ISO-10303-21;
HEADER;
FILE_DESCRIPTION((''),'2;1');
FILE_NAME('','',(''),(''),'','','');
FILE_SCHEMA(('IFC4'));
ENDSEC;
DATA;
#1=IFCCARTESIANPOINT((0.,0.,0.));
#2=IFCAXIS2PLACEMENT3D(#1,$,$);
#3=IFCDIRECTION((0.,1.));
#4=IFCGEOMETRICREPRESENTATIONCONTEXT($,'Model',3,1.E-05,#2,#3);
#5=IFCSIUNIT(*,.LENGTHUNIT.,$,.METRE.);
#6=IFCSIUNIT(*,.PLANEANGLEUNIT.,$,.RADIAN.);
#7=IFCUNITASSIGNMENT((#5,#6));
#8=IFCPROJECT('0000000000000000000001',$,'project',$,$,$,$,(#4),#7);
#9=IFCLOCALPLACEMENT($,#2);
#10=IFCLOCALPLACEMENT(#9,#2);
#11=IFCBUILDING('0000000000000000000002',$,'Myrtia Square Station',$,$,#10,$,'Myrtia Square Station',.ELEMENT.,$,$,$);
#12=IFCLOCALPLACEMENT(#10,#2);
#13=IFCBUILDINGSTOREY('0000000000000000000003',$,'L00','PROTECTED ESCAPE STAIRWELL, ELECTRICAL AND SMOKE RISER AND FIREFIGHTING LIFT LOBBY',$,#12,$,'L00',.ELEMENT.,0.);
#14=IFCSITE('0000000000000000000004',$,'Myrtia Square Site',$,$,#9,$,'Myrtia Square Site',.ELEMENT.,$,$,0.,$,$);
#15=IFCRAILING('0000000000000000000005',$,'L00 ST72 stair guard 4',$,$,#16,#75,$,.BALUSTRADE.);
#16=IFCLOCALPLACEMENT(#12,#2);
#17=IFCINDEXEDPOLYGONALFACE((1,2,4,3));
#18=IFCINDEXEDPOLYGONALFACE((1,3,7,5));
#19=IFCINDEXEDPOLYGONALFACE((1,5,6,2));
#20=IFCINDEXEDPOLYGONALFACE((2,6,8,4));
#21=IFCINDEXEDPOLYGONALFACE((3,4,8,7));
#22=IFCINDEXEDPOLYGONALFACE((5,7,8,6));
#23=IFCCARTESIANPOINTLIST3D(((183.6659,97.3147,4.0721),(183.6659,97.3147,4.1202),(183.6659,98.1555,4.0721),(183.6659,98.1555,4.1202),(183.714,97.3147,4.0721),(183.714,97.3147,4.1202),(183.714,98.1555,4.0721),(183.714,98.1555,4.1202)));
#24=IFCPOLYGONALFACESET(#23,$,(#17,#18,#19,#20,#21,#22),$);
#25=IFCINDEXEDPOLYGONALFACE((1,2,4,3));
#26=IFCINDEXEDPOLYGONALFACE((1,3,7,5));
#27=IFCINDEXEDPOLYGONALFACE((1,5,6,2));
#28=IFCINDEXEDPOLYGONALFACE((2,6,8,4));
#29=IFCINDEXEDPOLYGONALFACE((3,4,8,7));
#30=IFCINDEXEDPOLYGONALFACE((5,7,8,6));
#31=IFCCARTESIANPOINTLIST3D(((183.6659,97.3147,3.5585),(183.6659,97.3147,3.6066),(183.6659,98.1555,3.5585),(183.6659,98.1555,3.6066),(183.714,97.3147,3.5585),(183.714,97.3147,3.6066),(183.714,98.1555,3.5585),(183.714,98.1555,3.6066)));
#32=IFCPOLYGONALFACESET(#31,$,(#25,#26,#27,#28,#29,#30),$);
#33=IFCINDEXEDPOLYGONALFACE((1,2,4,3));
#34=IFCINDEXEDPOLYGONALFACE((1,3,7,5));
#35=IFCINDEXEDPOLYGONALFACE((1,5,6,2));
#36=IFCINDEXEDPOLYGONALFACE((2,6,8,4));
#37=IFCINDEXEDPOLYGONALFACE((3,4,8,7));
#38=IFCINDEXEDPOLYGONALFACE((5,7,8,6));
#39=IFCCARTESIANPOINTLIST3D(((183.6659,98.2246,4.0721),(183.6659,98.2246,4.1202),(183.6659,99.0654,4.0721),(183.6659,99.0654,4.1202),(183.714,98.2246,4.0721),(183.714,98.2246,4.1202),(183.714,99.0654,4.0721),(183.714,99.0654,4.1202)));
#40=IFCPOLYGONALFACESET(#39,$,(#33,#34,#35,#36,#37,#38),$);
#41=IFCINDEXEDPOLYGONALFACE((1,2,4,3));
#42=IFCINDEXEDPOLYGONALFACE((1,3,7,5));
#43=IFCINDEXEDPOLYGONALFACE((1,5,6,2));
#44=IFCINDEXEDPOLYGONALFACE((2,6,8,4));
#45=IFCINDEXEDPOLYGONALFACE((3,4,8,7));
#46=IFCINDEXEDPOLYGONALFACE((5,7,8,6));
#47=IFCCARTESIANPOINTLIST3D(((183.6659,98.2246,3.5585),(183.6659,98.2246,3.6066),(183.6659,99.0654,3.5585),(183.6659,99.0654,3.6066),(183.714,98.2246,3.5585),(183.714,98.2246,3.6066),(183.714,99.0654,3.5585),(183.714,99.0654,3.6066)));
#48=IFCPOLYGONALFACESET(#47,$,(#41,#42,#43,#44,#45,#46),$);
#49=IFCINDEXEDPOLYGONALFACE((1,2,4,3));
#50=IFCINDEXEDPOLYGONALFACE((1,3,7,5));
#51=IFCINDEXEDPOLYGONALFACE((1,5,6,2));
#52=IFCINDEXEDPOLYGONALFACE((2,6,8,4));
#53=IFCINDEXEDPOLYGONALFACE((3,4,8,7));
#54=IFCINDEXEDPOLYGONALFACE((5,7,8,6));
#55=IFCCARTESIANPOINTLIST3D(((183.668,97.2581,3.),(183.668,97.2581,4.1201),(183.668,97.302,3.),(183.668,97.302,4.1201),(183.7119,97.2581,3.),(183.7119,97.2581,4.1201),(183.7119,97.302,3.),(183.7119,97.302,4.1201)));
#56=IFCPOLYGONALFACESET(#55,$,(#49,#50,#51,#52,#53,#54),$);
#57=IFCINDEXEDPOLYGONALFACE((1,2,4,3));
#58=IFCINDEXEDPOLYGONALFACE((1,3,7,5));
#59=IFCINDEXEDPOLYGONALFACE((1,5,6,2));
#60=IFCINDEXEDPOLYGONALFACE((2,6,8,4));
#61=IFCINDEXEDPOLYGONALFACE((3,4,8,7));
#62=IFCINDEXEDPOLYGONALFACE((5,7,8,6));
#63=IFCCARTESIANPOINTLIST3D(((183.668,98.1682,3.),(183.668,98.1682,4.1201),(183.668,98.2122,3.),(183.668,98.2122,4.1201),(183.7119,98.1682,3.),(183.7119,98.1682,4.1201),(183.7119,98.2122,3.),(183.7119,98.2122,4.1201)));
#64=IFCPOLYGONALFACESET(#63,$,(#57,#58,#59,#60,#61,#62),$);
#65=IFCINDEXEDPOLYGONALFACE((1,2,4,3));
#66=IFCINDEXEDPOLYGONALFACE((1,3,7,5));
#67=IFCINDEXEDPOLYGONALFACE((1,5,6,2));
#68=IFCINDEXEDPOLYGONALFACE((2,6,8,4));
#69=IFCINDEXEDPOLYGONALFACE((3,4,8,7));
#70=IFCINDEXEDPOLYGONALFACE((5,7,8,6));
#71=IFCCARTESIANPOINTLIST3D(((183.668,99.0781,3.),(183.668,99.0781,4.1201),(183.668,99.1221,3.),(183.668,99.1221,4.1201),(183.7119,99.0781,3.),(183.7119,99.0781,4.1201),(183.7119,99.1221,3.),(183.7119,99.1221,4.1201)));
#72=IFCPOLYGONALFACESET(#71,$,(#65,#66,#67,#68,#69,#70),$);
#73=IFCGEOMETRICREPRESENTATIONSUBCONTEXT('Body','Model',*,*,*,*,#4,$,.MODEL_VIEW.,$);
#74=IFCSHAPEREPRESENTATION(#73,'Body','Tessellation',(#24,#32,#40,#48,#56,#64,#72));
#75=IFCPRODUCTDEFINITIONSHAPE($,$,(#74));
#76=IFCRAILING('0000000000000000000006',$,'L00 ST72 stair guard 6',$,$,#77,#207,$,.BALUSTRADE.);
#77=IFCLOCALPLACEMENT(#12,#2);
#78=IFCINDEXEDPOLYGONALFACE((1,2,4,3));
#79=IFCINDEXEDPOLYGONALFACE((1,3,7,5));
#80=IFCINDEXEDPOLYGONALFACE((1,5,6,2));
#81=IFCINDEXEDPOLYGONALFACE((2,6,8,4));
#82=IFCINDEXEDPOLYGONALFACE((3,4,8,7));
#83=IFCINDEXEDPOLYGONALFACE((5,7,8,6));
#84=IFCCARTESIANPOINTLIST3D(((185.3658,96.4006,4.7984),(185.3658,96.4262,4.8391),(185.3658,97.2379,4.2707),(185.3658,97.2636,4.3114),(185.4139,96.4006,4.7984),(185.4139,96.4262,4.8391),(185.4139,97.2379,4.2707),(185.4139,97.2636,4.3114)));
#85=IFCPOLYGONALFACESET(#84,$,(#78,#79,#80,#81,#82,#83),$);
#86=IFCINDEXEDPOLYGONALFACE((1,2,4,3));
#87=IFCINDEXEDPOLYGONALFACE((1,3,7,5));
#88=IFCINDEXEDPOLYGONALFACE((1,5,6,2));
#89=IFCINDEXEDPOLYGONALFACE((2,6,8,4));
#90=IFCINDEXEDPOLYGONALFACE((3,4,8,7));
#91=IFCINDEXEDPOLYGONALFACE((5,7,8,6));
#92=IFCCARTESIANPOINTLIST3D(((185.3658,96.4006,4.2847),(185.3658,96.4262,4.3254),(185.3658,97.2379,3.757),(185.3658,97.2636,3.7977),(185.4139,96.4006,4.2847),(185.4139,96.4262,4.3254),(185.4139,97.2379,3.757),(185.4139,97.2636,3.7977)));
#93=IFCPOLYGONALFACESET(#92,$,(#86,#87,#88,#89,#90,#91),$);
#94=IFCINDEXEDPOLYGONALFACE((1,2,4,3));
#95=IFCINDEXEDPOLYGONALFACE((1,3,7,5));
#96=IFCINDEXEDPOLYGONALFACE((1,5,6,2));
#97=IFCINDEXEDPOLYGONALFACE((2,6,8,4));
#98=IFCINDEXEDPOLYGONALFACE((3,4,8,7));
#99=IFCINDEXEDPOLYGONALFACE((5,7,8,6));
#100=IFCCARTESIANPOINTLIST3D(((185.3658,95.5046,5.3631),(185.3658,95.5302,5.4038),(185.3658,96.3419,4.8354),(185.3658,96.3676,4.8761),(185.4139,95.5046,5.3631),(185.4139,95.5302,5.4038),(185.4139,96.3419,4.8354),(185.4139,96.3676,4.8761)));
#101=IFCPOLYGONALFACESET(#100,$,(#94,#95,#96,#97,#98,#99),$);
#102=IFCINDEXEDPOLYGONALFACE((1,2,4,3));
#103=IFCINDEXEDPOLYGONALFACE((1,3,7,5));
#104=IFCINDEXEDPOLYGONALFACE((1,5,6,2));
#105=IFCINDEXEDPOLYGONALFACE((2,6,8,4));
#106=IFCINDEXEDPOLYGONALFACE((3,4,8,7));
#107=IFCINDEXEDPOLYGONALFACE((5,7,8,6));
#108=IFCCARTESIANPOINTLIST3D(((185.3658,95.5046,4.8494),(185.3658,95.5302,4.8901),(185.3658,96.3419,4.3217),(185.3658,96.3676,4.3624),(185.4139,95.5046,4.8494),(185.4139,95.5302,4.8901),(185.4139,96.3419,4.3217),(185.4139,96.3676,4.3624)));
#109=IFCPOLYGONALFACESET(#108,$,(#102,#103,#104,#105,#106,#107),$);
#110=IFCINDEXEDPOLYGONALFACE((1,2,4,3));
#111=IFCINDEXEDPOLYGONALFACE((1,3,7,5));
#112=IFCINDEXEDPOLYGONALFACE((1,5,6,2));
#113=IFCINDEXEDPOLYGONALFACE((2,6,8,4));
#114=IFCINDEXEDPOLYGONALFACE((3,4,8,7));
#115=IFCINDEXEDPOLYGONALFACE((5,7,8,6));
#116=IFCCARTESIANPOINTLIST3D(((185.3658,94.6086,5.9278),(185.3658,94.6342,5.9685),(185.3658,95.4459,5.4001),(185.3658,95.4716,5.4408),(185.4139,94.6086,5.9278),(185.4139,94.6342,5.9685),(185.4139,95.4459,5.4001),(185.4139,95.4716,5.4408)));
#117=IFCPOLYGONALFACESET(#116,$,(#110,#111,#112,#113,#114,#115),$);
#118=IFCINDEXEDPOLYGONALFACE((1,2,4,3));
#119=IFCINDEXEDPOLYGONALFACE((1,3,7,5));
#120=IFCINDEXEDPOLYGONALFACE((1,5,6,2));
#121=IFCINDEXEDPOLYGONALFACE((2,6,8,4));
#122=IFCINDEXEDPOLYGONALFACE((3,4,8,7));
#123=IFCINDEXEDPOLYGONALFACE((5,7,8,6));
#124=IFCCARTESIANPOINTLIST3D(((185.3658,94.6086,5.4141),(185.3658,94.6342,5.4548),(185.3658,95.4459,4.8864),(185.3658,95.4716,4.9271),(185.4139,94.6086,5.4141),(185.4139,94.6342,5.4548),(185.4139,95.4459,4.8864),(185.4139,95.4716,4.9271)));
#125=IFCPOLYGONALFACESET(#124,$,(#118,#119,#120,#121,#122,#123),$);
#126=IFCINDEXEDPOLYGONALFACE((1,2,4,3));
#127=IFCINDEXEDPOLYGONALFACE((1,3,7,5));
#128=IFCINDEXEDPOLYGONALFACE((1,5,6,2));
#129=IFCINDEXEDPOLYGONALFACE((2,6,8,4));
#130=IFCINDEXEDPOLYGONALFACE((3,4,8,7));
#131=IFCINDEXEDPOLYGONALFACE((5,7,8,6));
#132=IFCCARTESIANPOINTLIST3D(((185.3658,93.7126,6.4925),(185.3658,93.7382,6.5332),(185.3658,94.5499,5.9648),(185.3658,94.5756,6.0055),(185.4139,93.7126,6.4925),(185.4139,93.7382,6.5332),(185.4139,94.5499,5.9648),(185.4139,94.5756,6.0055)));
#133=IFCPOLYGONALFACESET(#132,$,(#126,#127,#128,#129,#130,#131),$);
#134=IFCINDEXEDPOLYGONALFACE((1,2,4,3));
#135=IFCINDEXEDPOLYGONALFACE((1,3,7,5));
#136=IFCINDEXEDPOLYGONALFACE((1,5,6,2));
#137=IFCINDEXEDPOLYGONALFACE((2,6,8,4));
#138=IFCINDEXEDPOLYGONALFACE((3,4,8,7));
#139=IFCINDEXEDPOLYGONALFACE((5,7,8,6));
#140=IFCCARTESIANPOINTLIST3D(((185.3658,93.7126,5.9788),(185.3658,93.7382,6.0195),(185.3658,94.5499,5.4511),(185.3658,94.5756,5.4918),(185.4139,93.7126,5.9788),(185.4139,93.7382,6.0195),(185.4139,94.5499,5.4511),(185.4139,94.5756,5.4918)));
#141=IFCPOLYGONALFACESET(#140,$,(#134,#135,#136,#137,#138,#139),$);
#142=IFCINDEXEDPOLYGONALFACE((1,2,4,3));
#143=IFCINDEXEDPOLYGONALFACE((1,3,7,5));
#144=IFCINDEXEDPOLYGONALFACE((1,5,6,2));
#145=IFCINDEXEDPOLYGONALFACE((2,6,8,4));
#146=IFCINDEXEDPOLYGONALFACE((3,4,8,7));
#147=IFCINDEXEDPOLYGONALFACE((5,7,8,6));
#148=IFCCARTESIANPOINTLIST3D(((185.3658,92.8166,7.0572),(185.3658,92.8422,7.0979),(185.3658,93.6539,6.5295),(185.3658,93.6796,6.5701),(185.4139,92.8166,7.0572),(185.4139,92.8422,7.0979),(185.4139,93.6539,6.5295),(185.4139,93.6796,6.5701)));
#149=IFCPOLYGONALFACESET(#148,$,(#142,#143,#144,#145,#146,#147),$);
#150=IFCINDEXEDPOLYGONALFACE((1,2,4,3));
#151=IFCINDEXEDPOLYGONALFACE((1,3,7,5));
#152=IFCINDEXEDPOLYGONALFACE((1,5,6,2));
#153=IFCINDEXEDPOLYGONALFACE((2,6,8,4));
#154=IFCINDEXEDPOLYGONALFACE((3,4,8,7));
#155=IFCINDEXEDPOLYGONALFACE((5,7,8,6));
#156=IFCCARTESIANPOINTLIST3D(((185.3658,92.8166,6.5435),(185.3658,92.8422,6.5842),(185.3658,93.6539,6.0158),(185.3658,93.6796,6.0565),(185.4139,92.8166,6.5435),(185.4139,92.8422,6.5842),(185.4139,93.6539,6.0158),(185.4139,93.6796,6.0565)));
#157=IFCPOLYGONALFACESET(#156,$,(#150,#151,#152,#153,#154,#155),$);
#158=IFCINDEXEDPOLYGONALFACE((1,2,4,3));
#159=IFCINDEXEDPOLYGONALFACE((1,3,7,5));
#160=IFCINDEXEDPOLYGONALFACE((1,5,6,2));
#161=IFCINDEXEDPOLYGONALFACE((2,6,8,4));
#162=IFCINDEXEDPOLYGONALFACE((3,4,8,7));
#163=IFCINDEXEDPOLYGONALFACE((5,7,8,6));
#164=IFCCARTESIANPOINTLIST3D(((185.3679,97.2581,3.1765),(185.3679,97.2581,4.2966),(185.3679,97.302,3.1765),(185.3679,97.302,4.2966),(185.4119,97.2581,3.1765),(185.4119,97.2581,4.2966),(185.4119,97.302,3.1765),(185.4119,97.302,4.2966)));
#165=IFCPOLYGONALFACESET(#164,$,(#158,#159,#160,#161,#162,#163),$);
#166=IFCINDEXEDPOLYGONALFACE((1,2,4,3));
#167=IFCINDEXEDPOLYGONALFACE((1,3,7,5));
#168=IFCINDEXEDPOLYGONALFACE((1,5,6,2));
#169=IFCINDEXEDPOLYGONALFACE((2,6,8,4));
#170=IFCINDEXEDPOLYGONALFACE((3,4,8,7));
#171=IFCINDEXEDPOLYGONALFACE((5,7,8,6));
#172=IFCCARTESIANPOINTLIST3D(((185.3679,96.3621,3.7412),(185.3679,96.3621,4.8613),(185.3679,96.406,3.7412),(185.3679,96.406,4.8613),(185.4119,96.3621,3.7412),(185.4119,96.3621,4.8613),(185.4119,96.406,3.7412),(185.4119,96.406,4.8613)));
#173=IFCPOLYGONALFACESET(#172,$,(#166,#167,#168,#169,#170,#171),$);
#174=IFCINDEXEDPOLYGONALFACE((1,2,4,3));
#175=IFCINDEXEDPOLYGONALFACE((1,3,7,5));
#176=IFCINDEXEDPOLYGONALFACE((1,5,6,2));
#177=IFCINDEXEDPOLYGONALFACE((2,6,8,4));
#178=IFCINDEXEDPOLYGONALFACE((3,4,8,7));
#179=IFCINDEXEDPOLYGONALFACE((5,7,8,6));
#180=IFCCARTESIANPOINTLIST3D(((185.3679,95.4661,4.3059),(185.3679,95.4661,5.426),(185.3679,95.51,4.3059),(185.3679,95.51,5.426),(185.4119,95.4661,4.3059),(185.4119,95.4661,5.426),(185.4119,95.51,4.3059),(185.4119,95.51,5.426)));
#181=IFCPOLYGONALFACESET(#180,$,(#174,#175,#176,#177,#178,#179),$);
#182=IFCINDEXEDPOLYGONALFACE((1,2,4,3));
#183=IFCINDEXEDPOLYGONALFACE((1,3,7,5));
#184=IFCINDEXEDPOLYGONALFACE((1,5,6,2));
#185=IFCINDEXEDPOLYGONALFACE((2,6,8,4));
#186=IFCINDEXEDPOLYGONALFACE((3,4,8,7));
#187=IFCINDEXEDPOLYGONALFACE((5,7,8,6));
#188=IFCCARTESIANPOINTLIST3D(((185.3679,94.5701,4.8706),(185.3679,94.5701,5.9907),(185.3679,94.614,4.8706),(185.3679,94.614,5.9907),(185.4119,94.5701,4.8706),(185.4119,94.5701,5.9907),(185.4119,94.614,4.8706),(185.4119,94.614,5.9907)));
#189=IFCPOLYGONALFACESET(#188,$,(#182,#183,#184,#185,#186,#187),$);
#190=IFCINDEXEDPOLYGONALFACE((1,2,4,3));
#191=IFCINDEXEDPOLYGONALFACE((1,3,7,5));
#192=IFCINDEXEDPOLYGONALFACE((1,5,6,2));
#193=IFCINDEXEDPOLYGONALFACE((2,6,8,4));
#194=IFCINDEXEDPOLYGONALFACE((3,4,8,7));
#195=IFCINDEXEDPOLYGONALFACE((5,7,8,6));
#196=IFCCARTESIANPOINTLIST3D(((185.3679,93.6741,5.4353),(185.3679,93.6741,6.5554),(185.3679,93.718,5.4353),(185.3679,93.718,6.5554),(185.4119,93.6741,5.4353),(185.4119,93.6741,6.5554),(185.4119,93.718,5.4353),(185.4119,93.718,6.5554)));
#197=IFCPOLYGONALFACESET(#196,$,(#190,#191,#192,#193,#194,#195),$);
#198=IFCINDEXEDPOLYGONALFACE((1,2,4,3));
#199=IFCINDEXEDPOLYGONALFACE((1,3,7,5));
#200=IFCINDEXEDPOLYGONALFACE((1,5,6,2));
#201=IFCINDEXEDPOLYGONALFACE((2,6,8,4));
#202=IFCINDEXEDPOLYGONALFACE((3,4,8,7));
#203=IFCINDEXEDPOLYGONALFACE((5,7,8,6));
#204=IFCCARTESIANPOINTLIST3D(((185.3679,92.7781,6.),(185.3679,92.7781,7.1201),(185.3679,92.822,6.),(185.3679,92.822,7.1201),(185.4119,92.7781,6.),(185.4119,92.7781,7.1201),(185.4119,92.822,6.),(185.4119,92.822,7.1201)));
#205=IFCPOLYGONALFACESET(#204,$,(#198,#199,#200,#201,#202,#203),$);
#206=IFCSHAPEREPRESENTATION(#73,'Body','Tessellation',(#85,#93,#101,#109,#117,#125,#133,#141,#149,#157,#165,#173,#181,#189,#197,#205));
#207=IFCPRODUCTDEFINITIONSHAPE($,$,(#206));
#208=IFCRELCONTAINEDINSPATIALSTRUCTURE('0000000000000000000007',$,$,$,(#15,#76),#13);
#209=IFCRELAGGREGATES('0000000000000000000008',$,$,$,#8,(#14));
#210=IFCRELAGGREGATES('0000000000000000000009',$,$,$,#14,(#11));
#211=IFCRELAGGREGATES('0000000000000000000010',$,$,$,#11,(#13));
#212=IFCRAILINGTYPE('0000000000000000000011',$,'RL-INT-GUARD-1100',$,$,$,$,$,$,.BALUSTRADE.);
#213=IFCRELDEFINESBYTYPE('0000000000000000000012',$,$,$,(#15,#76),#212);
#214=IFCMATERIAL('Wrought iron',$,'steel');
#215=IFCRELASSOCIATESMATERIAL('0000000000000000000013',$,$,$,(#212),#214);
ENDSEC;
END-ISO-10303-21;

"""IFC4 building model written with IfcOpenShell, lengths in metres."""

from ifc_helpers import new_model, si_unit, direction, frame, origin, origin_2d, place, context, subcontext, project, spatial, rectangle, extrude, material, type_object, element, save


model = new_model("IFC4")

# Units and contexts
model_context = context("Model", 3, precision=1e-05, world=origin(), true_north=direction((0.0, 1.0)))
body_context = subcontext(model_context, "Body", "Model", "MODEL_VIEW")
ifc_project = project(units=[si_unit("LENGTHUNIT", "METRE"), si_unit("PLANEANGLEUNIT", "RADIAN")], contexts=[model_context])

# Site, building, storey
site_placement = place(None, origin())
site = spatial("IfcSite", under=ifc_project, at=site_placement, Name="Myrtia Square Site", LongName="Myrtia Square Site", CompositionType="ELEMENT", RefElevation=0.0)
building_placement = place(site_placement, origin())
building = spatial("IfcBuilding", under=site, at=building_placement, Name="Myrtia Square Station", LongName="Myrtia Square Station", CompositionType="ELEMENT")
storey_placement = place(building_placement, origin())
storey = spatial("IfcBuildingStorey", under=building, at=storey_placement, Name="L00", Description="PROTECTED ESCAPE STAIRWELL, ELECTRICAL AND SMOKE RISER AND FIREFIGHTING LIFT LOBBY", LongName="L00", CompositionType="ELEMENT", Elevation=0.0)

# Railings
ifc_material_1 = material(Name="Wrought iron", Category="steel")
railing_type_1 = type_object("IfcRailingType", Name="RL-INT-GUARD-1100", PredefinedType="BALUSTRADE", material=ifc_material_1)
railing_1_placement = place(storey_placement, frame((183.6899, 97.28, 3.0)))
element("IfcRailing", 1, at=railing_1_placement, inside=storey, type_object=railing_type_1, Name="L00 ST72 stair guard 4", PredefinedType="BALUSTRADE", context=body_context, shape_type="SweptSolid", body=[
    extrude(rectangle(XDim=0.0481, YDim=0.0481, at=origin_2d()), frame((0.0, 0.0347, 1.0962), z_axis=(0.0, 1.0, 0.0), x_axis=(-1.0, 0.0, 0.0)), (0.0, 0.0, 1.0), 0.8408),
    extrude(rectangle(XDim=0.0481, YDim=0.0481, at=origin_2d()), frame((0.0, 0.0347, 0.5825), z_axis=(0.0, 1.0, 0.0), x_axis=(-1.0, 0.0, 0.0)), (0.0, 0.0, 1.0), 0.8408),
    extrude(rectangle(XDim=0.0481, YDim=0.0481, at=origin_2d()), frame((0.0, 0.9446, 1.0962), z_axis=(0.0, 1.0, 0.0), x_axis=(-1.0, 0.0, 0.0)), (0.0, 0.0, 1.0), 0.8408),
    extrude(rectangle(XDim=0.0481, YDim=0.0481, at=origin_2d()), frame((0.0, 0.9446, 0.5825), z_axis=(0.0, 1.0, 0.0), x_axis=(-1.0, 0.0, 0.0)), (0.0, 0.0, 1.0), 0.8408),
    extrude(rectangle(XDim=0.0439, YDim=0.0439, at=origin_2d()), origin(), (0.0, 0.0, 1.0), 1.1201),
    extrude(rectangle(XDim=0.0439, YDim=0.0439, at=origin_2d()), frame((0.0, 0.9102, 0.0)), (0.0, 0.0, 1.0), 1.1201),
    extrude(rectangle(XDim=0.0439, YDim=0.0439, at=origin_2d()), frame((0.0, 1.8201, 0.0)), (0.0, 0.0, 1.0), 1.1201),
])
railing_2_placement = place(storey_placement, frame((185.3899, 97.28, 3.1765)))
element("IfcRailing", 2, at=railing_2_placement, inside=storey, type_object=railing_type_1, Name="L00 ST72 stair guard 6", PredefinedType="BALUSTRADE", context=body_context, shape_type="SweptSolid", body=[
    extrude(rectangle(XDim=0.0481, YDim=0.0481, at=origin_2d()), frame((0.0, -0.0293, 1.1145), z_axis=(0.0, -0.845998, 0.533186), x_axis=(1.0, 0.0, 0.0)), (0.0, 0.0, 1.0), 0.9897),
    extrude(rectangle(XDim=0.0481, YDim=0.0481, at=origin_2d()), frame((0.0, -0.0293, 0.6008), z_axis=(0.0, -0.845998, 0.533186), x_axis=(1.0, 0.0, 0.0)), (0.0, 0.0, 1.0), 0.9897),
    extrude(rectangle(XDim=0.0481, YDim=0.0481, at=origin_2d()), frame((0.0, -0.9253, 1.6792), z_axis=(0.0, -0.845998, 0.533186), x_axis=(1.0, 0.0, 0.0)), (0.0, 0.0, 1.0), 0.9897),
    extrude(rectangle(XDim=0.0481, YDim=0.0481, at=origin_2d()), frame((0.0, -0.9253, 1.1655), z_axis=(0.0, -0.845998, 0.533186), x_axis=(1.0, 0.0, 0.0)), (0.0, 0.0, 1.0), 0.9897),
    extrude(rectangle(XDim=0.0481, YDim=0.0481, at=origin_2d()), frame((0.0, -1.8213, 2.2439), z_axis=(0.0, -0.845998, 0.533186), x_axis=(1.0, 0.0, 0.0)), (0.0, 0.0, 1.0), 0.9897),
    extrude(rectangle(XDim=0.0481, YDim=0.0481, at=origin_2d()), frame((0.0, -1.8213, 1.7302), z_axis=(0.0, -0.845998, 0.533186), x_axis=(1.0, 0.0, 0.0)), (0.0, 0.0, 1.0), 0.9897),
    extrude(rectangle(XDim=0.0481, YDim=0.0481, at=origin_2d()), frame((0.0, -2.7173, 2.8086), z_axis=(0.0, -0.845998, 0.533186), x_axis=(1.0, 0.0, 0.0)), (0.0, 0.0, 1.0), 0.9897),
    extrude(rectangle(XDim=0.0481, YDim=0.0481, at=origin_2d()), frame((0.0, -2.7173, 2.2949), z_axis=(0.0, -0.845998, 0.533186), x_axis=(1.0, 0.0, 0.0)), (0.0, 0.0, 1.0), 0.9897),
    extrude(rectangle(XDim=0.0481, YDim=0.0481, at=origin_2d()), frame((0.0, -3.6133, 3.3733), z_axis=(0.0, -0.845998, 0.533186), x_axis=(1.0, 0.0, 0.0)), (0.0, 0.0, 1.0), 0.9897),
    extrude(rectangle(XDim=0.0481, YDim=0.0481, at=origin_2d()), frame((0.0, -3.6133, 2.8596), z_axis=(0.0, -0.845998, 0.533186), x_axis=(1.0, 0.0, 0.0)), (0.0, 0.0, 1.0), 0.9897),
    extrude(rectangle(XDim=0.0439, YDim=0.0439, at=origin_2d()), origin(), (0.0, 0.0, 1.0), 1.1201),
    extrude(rectangle(XDim=0.0439, YDim=0.0439, at=origin_2d()), frame((0.0, -0.896, 0.5647)), (0.0, 0.0, 1.0), 1.1201),
    extrude(rectangle(XDim=0.0439, YDim=0.0439, at=origin_2d()), frame((0.0, -1.792, 1.1294)), (0.0, 0.0, 1.0), 1.1201),
    extrude(rectangle(XDim=0.0439, YDim=0.0439, at=origin_2d()), frame((0.0, -2.688, 1.6941)), (0.0, 0.0, 1.0), 1.1201),
    extrude(rectangle(XDim=0.0439, YDim=0.0439, at=origin_2d()), frame((0.0, -3.584, 2.2588)), (0.0, 0.0, 1.0), 1.1201),
    extrude(rectangle(XDim=0.0439, YDim=0.0439, at=origin_2d()), frame((0.0, -4.48, 2.8235)), (0.0, 0.0, 1.0), 1.1201),
])

save(model, "model.ifc")
